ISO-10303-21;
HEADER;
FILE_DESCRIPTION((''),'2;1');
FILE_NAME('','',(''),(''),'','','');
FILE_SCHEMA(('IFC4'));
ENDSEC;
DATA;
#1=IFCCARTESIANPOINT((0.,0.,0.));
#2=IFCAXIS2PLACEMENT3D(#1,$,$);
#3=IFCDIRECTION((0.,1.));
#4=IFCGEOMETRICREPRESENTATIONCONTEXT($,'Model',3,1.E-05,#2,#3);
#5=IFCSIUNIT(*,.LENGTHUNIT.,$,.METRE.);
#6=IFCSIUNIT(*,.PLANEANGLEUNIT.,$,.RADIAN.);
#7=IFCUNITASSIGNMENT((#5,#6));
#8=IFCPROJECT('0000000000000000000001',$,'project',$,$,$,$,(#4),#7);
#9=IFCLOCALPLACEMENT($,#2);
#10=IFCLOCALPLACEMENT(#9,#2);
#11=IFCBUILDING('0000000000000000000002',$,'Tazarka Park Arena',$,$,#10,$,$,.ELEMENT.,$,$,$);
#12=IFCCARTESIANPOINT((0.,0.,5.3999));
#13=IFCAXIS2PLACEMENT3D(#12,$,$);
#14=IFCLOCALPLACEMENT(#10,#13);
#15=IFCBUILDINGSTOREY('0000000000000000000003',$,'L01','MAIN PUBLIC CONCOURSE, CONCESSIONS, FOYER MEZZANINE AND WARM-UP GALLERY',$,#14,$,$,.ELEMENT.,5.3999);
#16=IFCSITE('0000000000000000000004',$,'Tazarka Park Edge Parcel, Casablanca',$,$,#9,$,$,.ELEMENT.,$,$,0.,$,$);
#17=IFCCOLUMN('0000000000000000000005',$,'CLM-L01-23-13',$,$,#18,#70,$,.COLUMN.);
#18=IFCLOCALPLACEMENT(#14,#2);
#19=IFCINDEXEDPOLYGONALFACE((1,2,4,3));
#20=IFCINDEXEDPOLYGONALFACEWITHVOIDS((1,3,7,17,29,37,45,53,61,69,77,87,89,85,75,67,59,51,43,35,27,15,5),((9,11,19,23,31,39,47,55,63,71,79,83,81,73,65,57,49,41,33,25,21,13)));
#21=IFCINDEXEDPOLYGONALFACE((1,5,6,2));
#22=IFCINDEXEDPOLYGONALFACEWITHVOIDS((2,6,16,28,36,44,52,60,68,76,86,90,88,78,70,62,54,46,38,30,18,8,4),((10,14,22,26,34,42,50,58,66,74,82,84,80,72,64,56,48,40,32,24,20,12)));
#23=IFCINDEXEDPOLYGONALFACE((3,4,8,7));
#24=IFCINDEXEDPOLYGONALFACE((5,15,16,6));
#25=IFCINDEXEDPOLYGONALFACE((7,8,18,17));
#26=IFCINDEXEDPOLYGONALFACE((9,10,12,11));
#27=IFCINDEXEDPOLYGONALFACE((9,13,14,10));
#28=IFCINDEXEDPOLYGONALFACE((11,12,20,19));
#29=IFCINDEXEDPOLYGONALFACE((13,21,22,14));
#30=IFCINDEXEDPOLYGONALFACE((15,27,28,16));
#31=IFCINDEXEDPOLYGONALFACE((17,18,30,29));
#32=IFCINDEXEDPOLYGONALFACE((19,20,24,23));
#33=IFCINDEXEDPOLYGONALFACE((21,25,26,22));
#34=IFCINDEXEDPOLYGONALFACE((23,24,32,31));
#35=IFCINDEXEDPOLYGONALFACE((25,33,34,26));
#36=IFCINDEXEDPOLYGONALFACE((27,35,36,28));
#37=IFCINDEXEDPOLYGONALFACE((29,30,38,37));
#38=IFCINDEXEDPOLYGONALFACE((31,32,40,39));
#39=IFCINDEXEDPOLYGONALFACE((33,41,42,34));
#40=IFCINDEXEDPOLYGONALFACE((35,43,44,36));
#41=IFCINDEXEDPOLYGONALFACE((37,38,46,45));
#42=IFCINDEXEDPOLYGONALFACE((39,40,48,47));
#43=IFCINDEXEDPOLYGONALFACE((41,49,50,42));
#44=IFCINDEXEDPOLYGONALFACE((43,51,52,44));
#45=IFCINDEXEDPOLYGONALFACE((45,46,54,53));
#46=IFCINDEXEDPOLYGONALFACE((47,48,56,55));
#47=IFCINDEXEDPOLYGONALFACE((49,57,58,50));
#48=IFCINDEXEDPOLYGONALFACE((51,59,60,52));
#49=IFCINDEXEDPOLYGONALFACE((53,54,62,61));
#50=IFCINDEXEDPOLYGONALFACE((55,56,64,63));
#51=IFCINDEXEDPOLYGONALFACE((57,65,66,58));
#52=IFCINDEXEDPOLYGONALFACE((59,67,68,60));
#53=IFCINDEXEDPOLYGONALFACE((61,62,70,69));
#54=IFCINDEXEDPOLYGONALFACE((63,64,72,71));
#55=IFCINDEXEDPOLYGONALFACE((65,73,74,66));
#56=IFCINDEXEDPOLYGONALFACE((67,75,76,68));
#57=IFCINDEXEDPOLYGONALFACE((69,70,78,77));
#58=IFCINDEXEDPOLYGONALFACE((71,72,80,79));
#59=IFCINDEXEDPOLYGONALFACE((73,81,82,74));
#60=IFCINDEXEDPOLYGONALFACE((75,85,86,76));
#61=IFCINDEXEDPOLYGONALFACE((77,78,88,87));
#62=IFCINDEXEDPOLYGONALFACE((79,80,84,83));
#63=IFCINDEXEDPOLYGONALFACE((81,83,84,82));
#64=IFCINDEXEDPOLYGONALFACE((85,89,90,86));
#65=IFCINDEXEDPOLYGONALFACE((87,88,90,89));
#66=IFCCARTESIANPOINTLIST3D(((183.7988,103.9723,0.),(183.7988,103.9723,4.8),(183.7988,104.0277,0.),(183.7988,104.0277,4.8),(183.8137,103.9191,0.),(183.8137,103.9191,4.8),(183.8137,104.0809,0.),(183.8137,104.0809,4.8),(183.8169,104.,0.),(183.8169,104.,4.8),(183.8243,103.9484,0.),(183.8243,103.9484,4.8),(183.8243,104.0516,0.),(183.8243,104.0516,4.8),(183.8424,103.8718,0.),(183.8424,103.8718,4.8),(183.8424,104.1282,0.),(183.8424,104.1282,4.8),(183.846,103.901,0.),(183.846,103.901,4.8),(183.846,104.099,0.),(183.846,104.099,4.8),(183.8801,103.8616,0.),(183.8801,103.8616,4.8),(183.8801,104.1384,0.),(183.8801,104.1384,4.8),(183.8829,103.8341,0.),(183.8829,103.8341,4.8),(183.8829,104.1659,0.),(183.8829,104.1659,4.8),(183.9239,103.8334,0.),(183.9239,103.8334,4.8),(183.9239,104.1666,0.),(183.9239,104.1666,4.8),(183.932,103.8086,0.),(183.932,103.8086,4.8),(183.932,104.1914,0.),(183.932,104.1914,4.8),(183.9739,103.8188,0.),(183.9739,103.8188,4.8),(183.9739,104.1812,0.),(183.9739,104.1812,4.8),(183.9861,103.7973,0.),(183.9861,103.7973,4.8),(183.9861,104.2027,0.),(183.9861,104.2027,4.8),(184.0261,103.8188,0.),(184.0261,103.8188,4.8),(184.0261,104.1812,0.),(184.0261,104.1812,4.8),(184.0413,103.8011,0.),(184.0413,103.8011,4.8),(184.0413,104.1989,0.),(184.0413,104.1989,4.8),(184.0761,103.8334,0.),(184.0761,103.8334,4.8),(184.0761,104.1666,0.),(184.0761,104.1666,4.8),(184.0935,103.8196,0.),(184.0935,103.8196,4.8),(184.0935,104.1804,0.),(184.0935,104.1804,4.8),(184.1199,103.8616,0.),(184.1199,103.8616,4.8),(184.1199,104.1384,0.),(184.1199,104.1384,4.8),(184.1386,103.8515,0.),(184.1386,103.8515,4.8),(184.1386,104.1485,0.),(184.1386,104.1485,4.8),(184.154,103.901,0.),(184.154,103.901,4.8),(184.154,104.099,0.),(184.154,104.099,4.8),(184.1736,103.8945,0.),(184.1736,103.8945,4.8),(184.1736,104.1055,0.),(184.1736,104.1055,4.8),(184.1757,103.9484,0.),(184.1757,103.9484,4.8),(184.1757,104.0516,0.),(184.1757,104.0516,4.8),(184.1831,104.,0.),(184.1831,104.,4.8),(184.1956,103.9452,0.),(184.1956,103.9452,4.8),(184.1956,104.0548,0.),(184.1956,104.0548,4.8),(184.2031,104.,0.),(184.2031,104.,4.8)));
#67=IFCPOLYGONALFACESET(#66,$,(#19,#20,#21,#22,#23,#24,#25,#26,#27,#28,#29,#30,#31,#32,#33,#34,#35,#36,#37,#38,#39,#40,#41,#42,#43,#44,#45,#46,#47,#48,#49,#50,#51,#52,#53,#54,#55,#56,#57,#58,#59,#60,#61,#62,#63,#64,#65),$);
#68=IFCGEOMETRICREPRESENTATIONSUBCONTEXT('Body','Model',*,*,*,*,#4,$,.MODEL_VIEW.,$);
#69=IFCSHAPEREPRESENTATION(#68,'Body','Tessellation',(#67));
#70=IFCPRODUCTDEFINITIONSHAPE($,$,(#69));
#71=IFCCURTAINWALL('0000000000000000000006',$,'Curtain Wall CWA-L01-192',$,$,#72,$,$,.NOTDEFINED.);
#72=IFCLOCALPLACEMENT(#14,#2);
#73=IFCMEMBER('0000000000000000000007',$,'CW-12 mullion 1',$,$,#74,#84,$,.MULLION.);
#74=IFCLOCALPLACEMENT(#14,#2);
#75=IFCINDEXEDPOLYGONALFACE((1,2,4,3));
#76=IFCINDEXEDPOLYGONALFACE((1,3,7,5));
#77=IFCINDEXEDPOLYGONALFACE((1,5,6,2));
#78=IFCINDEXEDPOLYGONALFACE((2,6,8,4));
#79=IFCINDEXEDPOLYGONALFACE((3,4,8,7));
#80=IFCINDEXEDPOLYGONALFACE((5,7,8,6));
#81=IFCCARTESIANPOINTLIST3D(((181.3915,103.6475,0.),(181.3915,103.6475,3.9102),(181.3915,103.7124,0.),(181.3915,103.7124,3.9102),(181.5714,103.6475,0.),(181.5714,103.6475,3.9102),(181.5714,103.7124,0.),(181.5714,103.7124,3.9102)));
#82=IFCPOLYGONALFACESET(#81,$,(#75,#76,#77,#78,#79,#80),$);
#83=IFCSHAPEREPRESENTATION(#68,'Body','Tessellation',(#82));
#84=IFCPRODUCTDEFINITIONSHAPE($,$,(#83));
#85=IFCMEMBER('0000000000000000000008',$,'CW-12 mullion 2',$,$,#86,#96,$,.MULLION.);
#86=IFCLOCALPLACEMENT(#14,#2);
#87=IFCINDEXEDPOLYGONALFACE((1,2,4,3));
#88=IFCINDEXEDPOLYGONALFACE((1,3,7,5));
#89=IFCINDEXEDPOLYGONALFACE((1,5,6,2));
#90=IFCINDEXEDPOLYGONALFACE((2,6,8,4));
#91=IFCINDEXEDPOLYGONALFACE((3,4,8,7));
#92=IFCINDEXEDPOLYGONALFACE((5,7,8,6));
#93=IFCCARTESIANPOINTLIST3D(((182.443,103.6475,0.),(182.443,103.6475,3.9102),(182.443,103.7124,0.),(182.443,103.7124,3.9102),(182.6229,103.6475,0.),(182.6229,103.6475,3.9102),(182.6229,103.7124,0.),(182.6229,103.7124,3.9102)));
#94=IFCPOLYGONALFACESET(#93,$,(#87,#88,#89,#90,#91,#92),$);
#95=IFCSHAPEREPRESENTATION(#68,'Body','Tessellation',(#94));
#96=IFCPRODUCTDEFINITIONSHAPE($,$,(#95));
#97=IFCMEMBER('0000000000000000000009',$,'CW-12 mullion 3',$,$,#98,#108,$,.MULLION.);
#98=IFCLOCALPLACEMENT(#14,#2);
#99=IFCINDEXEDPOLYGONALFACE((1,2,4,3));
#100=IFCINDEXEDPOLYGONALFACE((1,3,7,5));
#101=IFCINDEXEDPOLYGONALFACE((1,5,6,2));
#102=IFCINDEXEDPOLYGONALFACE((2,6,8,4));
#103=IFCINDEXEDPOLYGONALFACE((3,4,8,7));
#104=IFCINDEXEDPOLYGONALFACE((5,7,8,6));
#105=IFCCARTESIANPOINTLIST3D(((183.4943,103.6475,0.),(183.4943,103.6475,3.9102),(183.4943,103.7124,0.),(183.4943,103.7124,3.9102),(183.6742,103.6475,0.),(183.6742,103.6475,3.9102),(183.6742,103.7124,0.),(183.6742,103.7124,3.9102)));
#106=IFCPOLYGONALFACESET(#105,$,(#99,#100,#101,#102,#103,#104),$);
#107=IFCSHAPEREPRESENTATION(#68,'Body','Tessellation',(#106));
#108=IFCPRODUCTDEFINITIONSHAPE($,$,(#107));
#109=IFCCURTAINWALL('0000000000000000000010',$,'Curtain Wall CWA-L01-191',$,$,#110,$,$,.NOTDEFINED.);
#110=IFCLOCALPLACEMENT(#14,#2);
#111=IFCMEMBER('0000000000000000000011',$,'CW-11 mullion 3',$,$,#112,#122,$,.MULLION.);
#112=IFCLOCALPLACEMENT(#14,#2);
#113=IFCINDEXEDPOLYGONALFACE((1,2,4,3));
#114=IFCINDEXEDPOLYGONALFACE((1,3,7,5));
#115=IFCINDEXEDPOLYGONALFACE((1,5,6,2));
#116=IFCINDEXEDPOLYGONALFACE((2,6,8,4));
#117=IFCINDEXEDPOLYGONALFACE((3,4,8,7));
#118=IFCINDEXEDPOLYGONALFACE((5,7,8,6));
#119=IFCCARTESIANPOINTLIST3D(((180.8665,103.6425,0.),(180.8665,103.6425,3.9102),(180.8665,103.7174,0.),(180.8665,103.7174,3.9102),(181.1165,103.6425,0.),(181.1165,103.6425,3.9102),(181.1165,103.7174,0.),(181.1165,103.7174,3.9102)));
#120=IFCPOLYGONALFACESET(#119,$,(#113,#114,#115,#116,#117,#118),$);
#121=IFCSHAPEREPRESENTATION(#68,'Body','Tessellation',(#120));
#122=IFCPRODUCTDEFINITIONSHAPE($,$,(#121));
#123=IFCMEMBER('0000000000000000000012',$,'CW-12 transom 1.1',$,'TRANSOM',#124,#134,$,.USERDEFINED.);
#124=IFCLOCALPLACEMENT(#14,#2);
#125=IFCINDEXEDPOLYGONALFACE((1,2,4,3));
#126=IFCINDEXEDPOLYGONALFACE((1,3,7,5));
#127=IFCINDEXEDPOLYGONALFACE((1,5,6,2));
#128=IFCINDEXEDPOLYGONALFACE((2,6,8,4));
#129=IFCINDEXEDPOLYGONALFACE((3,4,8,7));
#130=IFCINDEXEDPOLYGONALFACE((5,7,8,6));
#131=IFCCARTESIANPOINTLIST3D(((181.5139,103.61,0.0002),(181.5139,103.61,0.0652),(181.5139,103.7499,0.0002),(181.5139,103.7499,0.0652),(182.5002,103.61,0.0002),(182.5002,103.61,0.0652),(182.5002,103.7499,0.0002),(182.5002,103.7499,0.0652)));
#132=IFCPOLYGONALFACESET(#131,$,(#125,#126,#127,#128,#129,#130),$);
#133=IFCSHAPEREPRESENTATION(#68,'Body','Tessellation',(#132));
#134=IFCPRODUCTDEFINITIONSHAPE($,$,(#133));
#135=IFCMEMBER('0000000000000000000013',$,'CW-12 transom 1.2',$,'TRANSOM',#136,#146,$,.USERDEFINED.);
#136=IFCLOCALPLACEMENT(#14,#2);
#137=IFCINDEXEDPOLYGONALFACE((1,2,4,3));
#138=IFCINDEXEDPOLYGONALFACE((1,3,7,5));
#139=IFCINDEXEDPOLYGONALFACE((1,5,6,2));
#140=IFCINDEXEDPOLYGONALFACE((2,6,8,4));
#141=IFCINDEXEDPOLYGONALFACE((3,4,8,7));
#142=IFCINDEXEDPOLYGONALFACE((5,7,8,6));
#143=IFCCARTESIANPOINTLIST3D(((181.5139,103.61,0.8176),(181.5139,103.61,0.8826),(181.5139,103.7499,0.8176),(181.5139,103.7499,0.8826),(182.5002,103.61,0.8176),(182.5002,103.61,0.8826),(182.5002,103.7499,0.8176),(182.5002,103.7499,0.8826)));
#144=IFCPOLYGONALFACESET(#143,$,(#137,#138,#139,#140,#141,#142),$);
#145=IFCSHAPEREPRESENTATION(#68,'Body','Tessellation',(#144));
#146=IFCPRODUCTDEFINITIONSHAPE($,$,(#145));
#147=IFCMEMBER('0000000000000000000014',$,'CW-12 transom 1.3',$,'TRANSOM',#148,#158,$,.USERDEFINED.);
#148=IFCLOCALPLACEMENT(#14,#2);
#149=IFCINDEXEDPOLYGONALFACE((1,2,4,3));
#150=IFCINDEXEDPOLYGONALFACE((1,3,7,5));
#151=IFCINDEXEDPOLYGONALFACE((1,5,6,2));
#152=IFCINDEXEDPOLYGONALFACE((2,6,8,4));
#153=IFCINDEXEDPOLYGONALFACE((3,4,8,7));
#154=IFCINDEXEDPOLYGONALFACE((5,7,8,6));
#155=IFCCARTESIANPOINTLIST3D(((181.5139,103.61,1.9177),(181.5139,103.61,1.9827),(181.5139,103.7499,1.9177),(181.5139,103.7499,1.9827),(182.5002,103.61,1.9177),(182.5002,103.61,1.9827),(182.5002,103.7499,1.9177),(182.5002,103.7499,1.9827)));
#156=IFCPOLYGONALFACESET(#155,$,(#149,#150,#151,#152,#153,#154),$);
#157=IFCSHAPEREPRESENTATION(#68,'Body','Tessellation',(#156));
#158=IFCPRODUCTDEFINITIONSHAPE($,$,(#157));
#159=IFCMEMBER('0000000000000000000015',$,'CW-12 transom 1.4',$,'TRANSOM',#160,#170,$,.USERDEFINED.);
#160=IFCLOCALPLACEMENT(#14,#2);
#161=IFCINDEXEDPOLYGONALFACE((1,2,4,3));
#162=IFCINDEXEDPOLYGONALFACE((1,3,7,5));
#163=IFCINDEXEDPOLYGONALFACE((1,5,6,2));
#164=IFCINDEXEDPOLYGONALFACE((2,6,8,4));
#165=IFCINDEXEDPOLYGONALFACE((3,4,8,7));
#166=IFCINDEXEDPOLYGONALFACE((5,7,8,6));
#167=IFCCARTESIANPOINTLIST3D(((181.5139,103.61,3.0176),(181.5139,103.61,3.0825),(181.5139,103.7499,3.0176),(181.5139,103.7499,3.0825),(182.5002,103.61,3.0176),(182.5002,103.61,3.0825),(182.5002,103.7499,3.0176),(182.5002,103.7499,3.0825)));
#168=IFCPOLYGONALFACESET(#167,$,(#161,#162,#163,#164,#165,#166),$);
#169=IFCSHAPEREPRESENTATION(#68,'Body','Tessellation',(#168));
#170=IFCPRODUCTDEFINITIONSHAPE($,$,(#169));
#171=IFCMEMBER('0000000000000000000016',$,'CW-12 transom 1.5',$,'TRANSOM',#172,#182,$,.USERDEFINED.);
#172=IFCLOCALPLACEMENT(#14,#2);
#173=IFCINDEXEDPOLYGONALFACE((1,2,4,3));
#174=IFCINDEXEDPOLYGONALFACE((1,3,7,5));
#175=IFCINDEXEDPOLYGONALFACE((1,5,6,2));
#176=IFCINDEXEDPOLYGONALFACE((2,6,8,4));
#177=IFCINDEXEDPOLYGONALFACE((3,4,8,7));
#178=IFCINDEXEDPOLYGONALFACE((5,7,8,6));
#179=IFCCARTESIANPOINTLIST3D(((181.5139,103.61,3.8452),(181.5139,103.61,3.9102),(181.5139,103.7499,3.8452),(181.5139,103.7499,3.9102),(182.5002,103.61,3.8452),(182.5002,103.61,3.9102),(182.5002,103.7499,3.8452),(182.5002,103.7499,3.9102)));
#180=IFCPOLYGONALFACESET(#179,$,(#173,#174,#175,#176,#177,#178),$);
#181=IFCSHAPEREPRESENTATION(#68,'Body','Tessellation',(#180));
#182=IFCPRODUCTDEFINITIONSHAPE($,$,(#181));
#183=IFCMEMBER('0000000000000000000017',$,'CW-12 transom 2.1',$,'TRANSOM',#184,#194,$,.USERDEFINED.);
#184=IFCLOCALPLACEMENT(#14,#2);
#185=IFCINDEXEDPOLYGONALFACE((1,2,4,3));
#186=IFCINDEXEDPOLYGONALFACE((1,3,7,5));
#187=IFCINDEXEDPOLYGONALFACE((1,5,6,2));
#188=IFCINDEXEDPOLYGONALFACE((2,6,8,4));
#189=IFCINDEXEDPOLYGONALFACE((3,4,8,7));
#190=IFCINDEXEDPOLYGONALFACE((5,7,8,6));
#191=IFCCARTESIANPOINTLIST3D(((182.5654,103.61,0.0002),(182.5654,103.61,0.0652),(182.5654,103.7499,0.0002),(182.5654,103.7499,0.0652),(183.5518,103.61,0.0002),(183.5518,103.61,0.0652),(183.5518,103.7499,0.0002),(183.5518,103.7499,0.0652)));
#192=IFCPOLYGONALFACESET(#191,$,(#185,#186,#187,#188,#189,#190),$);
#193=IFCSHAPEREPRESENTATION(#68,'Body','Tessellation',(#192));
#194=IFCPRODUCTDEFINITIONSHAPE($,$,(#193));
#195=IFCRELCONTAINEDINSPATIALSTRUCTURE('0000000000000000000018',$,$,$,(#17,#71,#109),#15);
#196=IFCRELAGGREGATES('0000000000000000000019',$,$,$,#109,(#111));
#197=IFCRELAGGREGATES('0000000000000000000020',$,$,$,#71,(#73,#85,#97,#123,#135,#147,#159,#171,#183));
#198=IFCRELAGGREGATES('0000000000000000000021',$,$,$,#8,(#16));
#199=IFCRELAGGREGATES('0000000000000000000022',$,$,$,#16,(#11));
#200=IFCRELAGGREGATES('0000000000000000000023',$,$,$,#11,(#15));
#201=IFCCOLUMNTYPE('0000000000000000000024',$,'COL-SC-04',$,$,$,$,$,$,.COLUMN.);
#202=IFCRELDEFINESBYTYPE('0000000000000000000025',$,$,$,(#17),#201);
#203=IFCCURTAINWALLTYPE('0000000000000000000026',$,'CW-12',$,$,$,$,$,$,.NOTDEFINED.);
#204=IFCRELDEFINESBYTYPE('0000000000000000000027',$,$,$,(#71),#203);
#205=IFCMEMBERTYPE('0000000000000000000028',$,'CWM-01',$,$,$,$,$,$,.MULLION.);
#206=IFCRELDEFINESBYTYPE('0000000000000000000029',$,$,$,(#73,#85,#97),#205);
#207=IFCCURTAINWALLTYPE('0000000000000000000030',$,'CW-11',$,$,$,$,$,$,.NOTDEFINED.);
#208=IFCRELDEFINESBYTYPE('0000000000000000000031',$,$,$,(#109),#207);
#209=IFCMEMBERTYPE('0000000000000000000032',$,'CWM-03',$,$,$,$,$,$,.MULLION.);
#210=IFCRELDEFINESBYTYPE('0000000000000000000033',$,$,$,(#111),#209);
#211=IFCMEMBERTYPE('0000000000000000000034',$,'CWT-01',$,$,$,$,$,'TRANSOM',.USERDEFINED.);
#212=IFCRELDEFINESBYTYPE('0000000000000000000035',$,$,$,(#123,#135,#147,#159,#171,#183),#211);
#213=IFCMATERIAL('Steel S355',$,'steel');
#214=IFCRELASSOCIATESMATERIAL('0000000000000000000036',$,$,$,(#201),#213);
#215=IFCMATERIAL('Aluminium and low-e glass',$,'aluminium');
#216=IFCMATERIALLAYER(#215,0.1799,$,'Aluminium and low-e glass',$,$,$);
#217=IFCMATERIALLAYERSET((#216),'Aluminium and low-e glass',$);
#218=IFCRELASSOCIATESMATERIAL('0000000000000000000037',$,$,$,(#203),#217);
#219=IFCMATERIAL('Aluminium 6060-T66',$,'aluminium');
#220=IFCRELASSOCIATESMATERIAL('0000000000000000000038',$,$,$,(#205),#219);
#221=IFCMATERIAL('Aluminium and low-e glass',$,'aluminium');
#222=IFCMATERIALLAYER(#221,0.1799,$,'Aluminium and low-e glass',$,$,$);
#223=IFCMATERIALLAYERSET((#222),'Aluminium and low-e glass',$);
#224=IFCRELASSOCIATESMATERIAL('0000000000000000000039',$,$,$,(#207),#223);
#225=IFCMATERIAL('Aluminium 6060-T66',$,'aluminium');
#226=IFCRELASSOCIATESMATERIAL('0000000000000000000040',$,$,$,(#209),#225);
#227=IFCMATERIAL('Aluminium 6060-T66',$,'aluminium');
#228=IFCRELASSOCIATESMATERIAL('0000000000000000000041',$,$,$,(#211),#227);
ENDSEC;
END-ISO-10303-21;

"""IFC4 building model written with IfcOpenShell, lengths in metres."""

from ifc_helpers import new_model, si_unit, direction, frame, origin, origin_2d, place, context, subcontext, project, spatial, rectangle, hollow_circle, extrude, material, layer, layer_set, material_profile, profile_set, type_object, element, aggregate, save


model = new_model("IFC4")

# Units and contexts
model_context = context("Model", 3, precision=1e-05, world=origin(), true_north=direction((0.0, 1.0)))
body_context = subcontext(model_context, "Body", "Model", "MODEL_VIEW")
ifc_project = project(units=[si_unit("LENGTHUNIT", "METRE"), si_unit("PLANEANGLEUNIT", "RADIAN")], contexts=[model_context])

# Site, building, storey
site_placement = place(None, origin())
site = spatial("IfcSite", under=ifc_project, at=site_placement, Name="Tazarka Park Edge Parcel, Casablanca", CompositionType="ELEMENT", RefElevation=0.0)
building_placement = place(site_placement, origin())
building = spatial("IfcBuilding", under=site, at=building_placement, Name="Tazarka Park Arena", CompositionType="ELEMENT")
storey_placement = place(building_placement, frame((0.0, 0.0, 5.3999)))
storey = spatial("IfcBuildingStorey", under=building, at=storey_placement, Name="L01", Description="MAIN PUBLIC CONCOURSE, CONCESSIONS, FOYER MEZZANINE AND WARM-UP GALLERY", CompositionType="ELEMENT", Elevation=5.3999)

# Column
ifc_material_1 = material(Name="Steel S355", Category="steel")
ifc_material_profile_1 = material_profile(ifc_material_1, hollow_circle(Radius=0.2031, WallThickness=0.02, at=origin_2d()), Name="Steel S355")
ifc_profile_set_1 = profile_set([ifc_material_profile_1], Name="Steel S355")
column_type = type_object("IfcColumnType", Name="COL-SC-04", PredefinedType="COLUMN", material=ifc_profile_set_1)
column_placement = place(storey_placement, frame((184.0, 104.0, 0.0), z_axis=(0.0, 0.0, 1.0), x_axis=(1.0, 0.0, 0.0)))
element("IfcColumn", 1, at=column_placement, inside=storey, type_object=column_type, Name="CLM-L01-23-13", PredefinedType="COLUMN", context=body_context, shape_type="SweptSolid", body=[
    extrude(hollow_circle(Radius=0.2031, WallThickness=0.02, at=origin_2d()), origin(), (0.0, 0.0, 1.0), 4.8),
])

# Curtain wall, members
ifc_material_2 = material(Name="Aluminium and low-e glass", Category="aluminium")
ifc_layer_1 = layer(ifc_material_2, 0.1799, Name="Aluminium and low-e glass")
ifc_layer_set_1 = layer_set([ifc_layer_1], Name="Aluminium and low-e glass")
curtain_wall_type_1 = type_object("IfcCurtainWallType", Name="CW-12", PredefinedType="NOTDEFINED", material=ifc_layer_set_1)
curtain_wall_1_placement = place(storey_placement, origin())
curtain_wall_1 = element("IfcCurtainWall", 2, at=curtain_wall_1_placement, inside=storey, type_object=curtain_wall_type_1, Name="Curtain Wall CWA-L01-192", PredefinedType="NOTDEFINED")
ifc_material_3 = material(Name="Aluminium 6060-T66", Category="aluminium")
ifc_material_profile_2 = material_profile(ifc_material_3, rectangle(XDim=0.0649, YDim=0.1799, at=origin_2d()), Name="Aluminium 6060-T66")
ifc_profile_set_2 = profile_set([ifc_material_profile_2], Name="Aluminium 6060-T66")
member_type_1 = type_object("IfcMemberType", Name="CWM-01", PredefinedType="MULLION", material=ifc_profile_set_2)
member_1_placement = place(storey_placement, frame((181.4814, 103.6799, 0.0), z_axis=(0.0, 0.0, 1.0), x_axis=(0.0, 1.0, 0.0)))
member_1 = element("IfcMember", 3, at=member_1_placement, type_object=member_type_1, Name="CW-12 mullion 1", PredefinedType="MULLION", context=body_context, shape_type="SweptSolid", body=[
    extrude(rectangle(XDim=0.0649, YDim=0.1799, at=origin_2d()), origin(), (0.0, 0.0, 1.0), 3.9102),
])
member_2_placement = place(storey_placement, frame((182.533, 103.6799, 0.0), z_axis=(0.0, 0.0, 1.0), x_axis=(0.0, 1.0, 0.0)))
member_2 = element("IfcMember", 4, at=member_2_placement, type_object=member_type_1, Name="CW-12 mullion 2", PredefinedType="MULLION", context=body_context, shape_type="SweptSolid", body=[
    extrude(rectangle(XDim=0.0649, YDim=0.1799, at=origin_2d()), origin(), (0.0, 0.0, 1.0), 3.9102),
])
member_3_placement = place(storey_placement, frame((183.5842, 103.6799, 0.0), z_axis=(0.0, 0.0, 1.0), x_axis=(0.0, 1.0, 0.0)))
member_3 = element("IfcMember", 5, at=member_3_placement, type_object=member_type_1, Name="CW-12 mullion 3", PredefinedType="MULLION", context=body_context, shape_type="SweptSolid", body=[
    extrude(rectangle(XDim=0.0649, YDim=0.1799, at=origin_2d()), origin(), (0.0, 0.0, 1.0), 3.9102),
])

# Curtain wall, member
ifc_material_4 = material(Name="Aluminium and low-e glass", Category="aluminium")
ifc_layer_2 = layer(ifc_material_4, 0.1799, Name="Aluminium and low-e glass")
ifc_layer_set_2 = layer_set([ifc_layer_2], Name="Aluminium and low-e glass")
curtain_wall_type_2 = type_object("IfcCurtainWallType", Name="CW-11", PredefinedType="NOTDEFINED", material=ifc_layer_set_2)
curtain_wall_2_placement = place(storey_placement, origin())
curtain_wall_2 = element("IfcCurtainWall", 6, at=curtain_wall_2_placement, inside=storey, type_object=curtain_wall_type_2, Name="Curtain Wall CWA-L01-191", PredefinedType="NOTDEFINED")
ifc_material_5 = material(Name="Aluminium 6060-T66", Category="aluminium")
ifc_material_profile_3 = material_profile(ifc_material_5, rectangle(XDim=0.075, YDim=0.25, at=origin_2d()), Name="Aluminium 6060-T66")
ifc_profile_set_3 = profile_set([ifc_material_profile_3], Name="Aluminium 6060-T66")
member_type_2 = type_object("IfcMemberType", Name="CWM-03", PredefinedType="MULLION", material=ifc_profile_set_3)
member_4_placement = place(storey_placement, frame((180.9915, 103.6799, 0.0), z_axis=(0.0, 0.0, 1.0), x_axis=(0.0, 1.0, 0.0)))
member_4 = element("IfcMember", 7, at=member_4_placement, type_object=member_type_2, Name="CW-11 mullion 3", PredefinedType="MULLION", context=body_context, shape_type="SweptSolid", body=[
    extrude(rectangle(XDim=0.075, YDim=0.25, at=origin_2d()), origin(), (0.0, 0.0, 1.0), 3.9102),
])
aggregate(curtain_wall_2, [member_4])

# Members
ifc_material_6 = material(Name="Aluminium 6060-T66", Category="aluminium")
ifc_material_profile_4 = material_profile(ifc_material_6, rectangle(XDim=0.1399, YDim=0.0649, at=origin_2d()), Name="Aluminium 6060-T66")
ifc_profile_set_4 = profile_set([ifc_material_profile_4], Name="Aluminium 6060-T66")
member_type_3 = type_object("IfcMemberType", Name="CWT-01", ElementType="TRANSOM", PredefinedType="USERDEFINED", material=ifc_profile_set_4)
member_5_placement = place(storey_placement, frame((181.5139, 103.6799, 0.0327), z_axis=(1.0, 0.0, 0.0), x_axis=(0.0, 1.0, 0.0)))
member_5 = element("IfcMember", 8, at=member_5_placement, type_object=member_type_3, Name="CW-12 transom 1.1", ObjectType="TRANSOM", PredefinedType="USERDEFINED", context=body_context, shape_type="SweptSolid", body=[
    extrude(rectangle(XDim=0.1399, YDim=0.0649, at=origin_2d()), origin(), (0.0, 0.0, 1.0), 0.9863),
])
member_6_placement = place(storey_placement, frame((181.5139, 103.6799, 0.8501), z_axis=(1.0, 0.0, 0.0), x_axis=(0.0, 1.0, 0.0)))
member_6 = element("IfcMember", 9, at=member_6_placement, type_object=member_type_3, Name="CW-12 transom 1.2", ObjectType="TRANSOM", PredefinedType="USERDEFINED", context=body_context, shape_type="SweptSolid", body=[
    extrude(rectangle(XDim=0.1399, YDim=0.0649, at=origin_2d()), origin(), (0.0, 0.0, 1.0), 0.9863),
])
member_7_placement = place(storey_placement, frame((181.5139, 103.6799, 1.9502), z_axis=(1.0, 0.0, 0.0), x_axis=(0.0, 1.0, 0.0)))
member_7 = element("IfcMember", 10, at=member_7_placement, type_object=member_type_3, Name="CW-12 transom 1.3", ObjectType="TRANSOM", PredefinedType="USERDEFINED", context=body_context, shape_type="SweptSolid", body=[
    extrude(rectangle(XDim=0.1399, YDim=0.0649, at=origin_2d()), origin(), (0.0, 0.0, 1.0), 0.9863),
])
member_8_placement = place(storey_placement, frame((181.5139, 103.6799, 3.05), z_axis=(1.0, 0.0, 0.0), x_axis=(0.0, 1.0, 0.0)))
member_8 = element("IfcMember", 11, at=member_8_placement, type_object=member_type_3, Name="CW-12 transom 1.4", ObjectType="TRANSOM", PredefinedType="USERDEFINED", context=body_context, shape_type="SweptSolid", body=[
    extrude(rectangle(XDim=0.1399, YDim=0.0649, at=origin_2d()), origin(), (0.0, 0.0, 1.0), 0.9863),
])
member_9_placement = place(storey_placement, frame((181.5139, 103.6799, 3.8777), z_axis=(1.0, 0.0, 0.0), x_axis=(0.0, 1.0, 0.0)))
member_9 = element("IfcMember", 12, at=member_9_placement, type_object=member_type_3, Name="CW-12 transom 1.5", ObjectType="TRANSOM", PredefinedType="USERDEFINED", context=body_context, shape_type="SweptSolid", body=[
    extrude(rectangle(XDim=0.1399, YDim=0.0649, at=origin_2d()), origin(), (0.0, 0.0, 1.0), 0.9863),
])
member_10_placement = place(storey_placement, frame((182.5654, 103.6799, 0.0327), z_axis=(1.0, 0.0, 0.0), x_axis=(0.0, 1.0, 0.0)))
member_10 = element("IfcMember", 13, at=member_10_placement, type_object=member_type_3, Name="CW-12 transom 2.1", ObjectType="TRANSOM", PredefinedType="USERDEFINED", context=body_context, shape_type="SweptSolid", body=[
    extrude(rectangle(XDim=0.1399, YDim=0.0649, at=origin_2d()), origin(), (0.0, 0.0, 1.0), 0.9863),
])

aggregate(curtain_wall_1, [member_1, member_2, member_3, member_5, member_6, member_7, member_8, member_9, member_10])

save(model, "model.ifc")
